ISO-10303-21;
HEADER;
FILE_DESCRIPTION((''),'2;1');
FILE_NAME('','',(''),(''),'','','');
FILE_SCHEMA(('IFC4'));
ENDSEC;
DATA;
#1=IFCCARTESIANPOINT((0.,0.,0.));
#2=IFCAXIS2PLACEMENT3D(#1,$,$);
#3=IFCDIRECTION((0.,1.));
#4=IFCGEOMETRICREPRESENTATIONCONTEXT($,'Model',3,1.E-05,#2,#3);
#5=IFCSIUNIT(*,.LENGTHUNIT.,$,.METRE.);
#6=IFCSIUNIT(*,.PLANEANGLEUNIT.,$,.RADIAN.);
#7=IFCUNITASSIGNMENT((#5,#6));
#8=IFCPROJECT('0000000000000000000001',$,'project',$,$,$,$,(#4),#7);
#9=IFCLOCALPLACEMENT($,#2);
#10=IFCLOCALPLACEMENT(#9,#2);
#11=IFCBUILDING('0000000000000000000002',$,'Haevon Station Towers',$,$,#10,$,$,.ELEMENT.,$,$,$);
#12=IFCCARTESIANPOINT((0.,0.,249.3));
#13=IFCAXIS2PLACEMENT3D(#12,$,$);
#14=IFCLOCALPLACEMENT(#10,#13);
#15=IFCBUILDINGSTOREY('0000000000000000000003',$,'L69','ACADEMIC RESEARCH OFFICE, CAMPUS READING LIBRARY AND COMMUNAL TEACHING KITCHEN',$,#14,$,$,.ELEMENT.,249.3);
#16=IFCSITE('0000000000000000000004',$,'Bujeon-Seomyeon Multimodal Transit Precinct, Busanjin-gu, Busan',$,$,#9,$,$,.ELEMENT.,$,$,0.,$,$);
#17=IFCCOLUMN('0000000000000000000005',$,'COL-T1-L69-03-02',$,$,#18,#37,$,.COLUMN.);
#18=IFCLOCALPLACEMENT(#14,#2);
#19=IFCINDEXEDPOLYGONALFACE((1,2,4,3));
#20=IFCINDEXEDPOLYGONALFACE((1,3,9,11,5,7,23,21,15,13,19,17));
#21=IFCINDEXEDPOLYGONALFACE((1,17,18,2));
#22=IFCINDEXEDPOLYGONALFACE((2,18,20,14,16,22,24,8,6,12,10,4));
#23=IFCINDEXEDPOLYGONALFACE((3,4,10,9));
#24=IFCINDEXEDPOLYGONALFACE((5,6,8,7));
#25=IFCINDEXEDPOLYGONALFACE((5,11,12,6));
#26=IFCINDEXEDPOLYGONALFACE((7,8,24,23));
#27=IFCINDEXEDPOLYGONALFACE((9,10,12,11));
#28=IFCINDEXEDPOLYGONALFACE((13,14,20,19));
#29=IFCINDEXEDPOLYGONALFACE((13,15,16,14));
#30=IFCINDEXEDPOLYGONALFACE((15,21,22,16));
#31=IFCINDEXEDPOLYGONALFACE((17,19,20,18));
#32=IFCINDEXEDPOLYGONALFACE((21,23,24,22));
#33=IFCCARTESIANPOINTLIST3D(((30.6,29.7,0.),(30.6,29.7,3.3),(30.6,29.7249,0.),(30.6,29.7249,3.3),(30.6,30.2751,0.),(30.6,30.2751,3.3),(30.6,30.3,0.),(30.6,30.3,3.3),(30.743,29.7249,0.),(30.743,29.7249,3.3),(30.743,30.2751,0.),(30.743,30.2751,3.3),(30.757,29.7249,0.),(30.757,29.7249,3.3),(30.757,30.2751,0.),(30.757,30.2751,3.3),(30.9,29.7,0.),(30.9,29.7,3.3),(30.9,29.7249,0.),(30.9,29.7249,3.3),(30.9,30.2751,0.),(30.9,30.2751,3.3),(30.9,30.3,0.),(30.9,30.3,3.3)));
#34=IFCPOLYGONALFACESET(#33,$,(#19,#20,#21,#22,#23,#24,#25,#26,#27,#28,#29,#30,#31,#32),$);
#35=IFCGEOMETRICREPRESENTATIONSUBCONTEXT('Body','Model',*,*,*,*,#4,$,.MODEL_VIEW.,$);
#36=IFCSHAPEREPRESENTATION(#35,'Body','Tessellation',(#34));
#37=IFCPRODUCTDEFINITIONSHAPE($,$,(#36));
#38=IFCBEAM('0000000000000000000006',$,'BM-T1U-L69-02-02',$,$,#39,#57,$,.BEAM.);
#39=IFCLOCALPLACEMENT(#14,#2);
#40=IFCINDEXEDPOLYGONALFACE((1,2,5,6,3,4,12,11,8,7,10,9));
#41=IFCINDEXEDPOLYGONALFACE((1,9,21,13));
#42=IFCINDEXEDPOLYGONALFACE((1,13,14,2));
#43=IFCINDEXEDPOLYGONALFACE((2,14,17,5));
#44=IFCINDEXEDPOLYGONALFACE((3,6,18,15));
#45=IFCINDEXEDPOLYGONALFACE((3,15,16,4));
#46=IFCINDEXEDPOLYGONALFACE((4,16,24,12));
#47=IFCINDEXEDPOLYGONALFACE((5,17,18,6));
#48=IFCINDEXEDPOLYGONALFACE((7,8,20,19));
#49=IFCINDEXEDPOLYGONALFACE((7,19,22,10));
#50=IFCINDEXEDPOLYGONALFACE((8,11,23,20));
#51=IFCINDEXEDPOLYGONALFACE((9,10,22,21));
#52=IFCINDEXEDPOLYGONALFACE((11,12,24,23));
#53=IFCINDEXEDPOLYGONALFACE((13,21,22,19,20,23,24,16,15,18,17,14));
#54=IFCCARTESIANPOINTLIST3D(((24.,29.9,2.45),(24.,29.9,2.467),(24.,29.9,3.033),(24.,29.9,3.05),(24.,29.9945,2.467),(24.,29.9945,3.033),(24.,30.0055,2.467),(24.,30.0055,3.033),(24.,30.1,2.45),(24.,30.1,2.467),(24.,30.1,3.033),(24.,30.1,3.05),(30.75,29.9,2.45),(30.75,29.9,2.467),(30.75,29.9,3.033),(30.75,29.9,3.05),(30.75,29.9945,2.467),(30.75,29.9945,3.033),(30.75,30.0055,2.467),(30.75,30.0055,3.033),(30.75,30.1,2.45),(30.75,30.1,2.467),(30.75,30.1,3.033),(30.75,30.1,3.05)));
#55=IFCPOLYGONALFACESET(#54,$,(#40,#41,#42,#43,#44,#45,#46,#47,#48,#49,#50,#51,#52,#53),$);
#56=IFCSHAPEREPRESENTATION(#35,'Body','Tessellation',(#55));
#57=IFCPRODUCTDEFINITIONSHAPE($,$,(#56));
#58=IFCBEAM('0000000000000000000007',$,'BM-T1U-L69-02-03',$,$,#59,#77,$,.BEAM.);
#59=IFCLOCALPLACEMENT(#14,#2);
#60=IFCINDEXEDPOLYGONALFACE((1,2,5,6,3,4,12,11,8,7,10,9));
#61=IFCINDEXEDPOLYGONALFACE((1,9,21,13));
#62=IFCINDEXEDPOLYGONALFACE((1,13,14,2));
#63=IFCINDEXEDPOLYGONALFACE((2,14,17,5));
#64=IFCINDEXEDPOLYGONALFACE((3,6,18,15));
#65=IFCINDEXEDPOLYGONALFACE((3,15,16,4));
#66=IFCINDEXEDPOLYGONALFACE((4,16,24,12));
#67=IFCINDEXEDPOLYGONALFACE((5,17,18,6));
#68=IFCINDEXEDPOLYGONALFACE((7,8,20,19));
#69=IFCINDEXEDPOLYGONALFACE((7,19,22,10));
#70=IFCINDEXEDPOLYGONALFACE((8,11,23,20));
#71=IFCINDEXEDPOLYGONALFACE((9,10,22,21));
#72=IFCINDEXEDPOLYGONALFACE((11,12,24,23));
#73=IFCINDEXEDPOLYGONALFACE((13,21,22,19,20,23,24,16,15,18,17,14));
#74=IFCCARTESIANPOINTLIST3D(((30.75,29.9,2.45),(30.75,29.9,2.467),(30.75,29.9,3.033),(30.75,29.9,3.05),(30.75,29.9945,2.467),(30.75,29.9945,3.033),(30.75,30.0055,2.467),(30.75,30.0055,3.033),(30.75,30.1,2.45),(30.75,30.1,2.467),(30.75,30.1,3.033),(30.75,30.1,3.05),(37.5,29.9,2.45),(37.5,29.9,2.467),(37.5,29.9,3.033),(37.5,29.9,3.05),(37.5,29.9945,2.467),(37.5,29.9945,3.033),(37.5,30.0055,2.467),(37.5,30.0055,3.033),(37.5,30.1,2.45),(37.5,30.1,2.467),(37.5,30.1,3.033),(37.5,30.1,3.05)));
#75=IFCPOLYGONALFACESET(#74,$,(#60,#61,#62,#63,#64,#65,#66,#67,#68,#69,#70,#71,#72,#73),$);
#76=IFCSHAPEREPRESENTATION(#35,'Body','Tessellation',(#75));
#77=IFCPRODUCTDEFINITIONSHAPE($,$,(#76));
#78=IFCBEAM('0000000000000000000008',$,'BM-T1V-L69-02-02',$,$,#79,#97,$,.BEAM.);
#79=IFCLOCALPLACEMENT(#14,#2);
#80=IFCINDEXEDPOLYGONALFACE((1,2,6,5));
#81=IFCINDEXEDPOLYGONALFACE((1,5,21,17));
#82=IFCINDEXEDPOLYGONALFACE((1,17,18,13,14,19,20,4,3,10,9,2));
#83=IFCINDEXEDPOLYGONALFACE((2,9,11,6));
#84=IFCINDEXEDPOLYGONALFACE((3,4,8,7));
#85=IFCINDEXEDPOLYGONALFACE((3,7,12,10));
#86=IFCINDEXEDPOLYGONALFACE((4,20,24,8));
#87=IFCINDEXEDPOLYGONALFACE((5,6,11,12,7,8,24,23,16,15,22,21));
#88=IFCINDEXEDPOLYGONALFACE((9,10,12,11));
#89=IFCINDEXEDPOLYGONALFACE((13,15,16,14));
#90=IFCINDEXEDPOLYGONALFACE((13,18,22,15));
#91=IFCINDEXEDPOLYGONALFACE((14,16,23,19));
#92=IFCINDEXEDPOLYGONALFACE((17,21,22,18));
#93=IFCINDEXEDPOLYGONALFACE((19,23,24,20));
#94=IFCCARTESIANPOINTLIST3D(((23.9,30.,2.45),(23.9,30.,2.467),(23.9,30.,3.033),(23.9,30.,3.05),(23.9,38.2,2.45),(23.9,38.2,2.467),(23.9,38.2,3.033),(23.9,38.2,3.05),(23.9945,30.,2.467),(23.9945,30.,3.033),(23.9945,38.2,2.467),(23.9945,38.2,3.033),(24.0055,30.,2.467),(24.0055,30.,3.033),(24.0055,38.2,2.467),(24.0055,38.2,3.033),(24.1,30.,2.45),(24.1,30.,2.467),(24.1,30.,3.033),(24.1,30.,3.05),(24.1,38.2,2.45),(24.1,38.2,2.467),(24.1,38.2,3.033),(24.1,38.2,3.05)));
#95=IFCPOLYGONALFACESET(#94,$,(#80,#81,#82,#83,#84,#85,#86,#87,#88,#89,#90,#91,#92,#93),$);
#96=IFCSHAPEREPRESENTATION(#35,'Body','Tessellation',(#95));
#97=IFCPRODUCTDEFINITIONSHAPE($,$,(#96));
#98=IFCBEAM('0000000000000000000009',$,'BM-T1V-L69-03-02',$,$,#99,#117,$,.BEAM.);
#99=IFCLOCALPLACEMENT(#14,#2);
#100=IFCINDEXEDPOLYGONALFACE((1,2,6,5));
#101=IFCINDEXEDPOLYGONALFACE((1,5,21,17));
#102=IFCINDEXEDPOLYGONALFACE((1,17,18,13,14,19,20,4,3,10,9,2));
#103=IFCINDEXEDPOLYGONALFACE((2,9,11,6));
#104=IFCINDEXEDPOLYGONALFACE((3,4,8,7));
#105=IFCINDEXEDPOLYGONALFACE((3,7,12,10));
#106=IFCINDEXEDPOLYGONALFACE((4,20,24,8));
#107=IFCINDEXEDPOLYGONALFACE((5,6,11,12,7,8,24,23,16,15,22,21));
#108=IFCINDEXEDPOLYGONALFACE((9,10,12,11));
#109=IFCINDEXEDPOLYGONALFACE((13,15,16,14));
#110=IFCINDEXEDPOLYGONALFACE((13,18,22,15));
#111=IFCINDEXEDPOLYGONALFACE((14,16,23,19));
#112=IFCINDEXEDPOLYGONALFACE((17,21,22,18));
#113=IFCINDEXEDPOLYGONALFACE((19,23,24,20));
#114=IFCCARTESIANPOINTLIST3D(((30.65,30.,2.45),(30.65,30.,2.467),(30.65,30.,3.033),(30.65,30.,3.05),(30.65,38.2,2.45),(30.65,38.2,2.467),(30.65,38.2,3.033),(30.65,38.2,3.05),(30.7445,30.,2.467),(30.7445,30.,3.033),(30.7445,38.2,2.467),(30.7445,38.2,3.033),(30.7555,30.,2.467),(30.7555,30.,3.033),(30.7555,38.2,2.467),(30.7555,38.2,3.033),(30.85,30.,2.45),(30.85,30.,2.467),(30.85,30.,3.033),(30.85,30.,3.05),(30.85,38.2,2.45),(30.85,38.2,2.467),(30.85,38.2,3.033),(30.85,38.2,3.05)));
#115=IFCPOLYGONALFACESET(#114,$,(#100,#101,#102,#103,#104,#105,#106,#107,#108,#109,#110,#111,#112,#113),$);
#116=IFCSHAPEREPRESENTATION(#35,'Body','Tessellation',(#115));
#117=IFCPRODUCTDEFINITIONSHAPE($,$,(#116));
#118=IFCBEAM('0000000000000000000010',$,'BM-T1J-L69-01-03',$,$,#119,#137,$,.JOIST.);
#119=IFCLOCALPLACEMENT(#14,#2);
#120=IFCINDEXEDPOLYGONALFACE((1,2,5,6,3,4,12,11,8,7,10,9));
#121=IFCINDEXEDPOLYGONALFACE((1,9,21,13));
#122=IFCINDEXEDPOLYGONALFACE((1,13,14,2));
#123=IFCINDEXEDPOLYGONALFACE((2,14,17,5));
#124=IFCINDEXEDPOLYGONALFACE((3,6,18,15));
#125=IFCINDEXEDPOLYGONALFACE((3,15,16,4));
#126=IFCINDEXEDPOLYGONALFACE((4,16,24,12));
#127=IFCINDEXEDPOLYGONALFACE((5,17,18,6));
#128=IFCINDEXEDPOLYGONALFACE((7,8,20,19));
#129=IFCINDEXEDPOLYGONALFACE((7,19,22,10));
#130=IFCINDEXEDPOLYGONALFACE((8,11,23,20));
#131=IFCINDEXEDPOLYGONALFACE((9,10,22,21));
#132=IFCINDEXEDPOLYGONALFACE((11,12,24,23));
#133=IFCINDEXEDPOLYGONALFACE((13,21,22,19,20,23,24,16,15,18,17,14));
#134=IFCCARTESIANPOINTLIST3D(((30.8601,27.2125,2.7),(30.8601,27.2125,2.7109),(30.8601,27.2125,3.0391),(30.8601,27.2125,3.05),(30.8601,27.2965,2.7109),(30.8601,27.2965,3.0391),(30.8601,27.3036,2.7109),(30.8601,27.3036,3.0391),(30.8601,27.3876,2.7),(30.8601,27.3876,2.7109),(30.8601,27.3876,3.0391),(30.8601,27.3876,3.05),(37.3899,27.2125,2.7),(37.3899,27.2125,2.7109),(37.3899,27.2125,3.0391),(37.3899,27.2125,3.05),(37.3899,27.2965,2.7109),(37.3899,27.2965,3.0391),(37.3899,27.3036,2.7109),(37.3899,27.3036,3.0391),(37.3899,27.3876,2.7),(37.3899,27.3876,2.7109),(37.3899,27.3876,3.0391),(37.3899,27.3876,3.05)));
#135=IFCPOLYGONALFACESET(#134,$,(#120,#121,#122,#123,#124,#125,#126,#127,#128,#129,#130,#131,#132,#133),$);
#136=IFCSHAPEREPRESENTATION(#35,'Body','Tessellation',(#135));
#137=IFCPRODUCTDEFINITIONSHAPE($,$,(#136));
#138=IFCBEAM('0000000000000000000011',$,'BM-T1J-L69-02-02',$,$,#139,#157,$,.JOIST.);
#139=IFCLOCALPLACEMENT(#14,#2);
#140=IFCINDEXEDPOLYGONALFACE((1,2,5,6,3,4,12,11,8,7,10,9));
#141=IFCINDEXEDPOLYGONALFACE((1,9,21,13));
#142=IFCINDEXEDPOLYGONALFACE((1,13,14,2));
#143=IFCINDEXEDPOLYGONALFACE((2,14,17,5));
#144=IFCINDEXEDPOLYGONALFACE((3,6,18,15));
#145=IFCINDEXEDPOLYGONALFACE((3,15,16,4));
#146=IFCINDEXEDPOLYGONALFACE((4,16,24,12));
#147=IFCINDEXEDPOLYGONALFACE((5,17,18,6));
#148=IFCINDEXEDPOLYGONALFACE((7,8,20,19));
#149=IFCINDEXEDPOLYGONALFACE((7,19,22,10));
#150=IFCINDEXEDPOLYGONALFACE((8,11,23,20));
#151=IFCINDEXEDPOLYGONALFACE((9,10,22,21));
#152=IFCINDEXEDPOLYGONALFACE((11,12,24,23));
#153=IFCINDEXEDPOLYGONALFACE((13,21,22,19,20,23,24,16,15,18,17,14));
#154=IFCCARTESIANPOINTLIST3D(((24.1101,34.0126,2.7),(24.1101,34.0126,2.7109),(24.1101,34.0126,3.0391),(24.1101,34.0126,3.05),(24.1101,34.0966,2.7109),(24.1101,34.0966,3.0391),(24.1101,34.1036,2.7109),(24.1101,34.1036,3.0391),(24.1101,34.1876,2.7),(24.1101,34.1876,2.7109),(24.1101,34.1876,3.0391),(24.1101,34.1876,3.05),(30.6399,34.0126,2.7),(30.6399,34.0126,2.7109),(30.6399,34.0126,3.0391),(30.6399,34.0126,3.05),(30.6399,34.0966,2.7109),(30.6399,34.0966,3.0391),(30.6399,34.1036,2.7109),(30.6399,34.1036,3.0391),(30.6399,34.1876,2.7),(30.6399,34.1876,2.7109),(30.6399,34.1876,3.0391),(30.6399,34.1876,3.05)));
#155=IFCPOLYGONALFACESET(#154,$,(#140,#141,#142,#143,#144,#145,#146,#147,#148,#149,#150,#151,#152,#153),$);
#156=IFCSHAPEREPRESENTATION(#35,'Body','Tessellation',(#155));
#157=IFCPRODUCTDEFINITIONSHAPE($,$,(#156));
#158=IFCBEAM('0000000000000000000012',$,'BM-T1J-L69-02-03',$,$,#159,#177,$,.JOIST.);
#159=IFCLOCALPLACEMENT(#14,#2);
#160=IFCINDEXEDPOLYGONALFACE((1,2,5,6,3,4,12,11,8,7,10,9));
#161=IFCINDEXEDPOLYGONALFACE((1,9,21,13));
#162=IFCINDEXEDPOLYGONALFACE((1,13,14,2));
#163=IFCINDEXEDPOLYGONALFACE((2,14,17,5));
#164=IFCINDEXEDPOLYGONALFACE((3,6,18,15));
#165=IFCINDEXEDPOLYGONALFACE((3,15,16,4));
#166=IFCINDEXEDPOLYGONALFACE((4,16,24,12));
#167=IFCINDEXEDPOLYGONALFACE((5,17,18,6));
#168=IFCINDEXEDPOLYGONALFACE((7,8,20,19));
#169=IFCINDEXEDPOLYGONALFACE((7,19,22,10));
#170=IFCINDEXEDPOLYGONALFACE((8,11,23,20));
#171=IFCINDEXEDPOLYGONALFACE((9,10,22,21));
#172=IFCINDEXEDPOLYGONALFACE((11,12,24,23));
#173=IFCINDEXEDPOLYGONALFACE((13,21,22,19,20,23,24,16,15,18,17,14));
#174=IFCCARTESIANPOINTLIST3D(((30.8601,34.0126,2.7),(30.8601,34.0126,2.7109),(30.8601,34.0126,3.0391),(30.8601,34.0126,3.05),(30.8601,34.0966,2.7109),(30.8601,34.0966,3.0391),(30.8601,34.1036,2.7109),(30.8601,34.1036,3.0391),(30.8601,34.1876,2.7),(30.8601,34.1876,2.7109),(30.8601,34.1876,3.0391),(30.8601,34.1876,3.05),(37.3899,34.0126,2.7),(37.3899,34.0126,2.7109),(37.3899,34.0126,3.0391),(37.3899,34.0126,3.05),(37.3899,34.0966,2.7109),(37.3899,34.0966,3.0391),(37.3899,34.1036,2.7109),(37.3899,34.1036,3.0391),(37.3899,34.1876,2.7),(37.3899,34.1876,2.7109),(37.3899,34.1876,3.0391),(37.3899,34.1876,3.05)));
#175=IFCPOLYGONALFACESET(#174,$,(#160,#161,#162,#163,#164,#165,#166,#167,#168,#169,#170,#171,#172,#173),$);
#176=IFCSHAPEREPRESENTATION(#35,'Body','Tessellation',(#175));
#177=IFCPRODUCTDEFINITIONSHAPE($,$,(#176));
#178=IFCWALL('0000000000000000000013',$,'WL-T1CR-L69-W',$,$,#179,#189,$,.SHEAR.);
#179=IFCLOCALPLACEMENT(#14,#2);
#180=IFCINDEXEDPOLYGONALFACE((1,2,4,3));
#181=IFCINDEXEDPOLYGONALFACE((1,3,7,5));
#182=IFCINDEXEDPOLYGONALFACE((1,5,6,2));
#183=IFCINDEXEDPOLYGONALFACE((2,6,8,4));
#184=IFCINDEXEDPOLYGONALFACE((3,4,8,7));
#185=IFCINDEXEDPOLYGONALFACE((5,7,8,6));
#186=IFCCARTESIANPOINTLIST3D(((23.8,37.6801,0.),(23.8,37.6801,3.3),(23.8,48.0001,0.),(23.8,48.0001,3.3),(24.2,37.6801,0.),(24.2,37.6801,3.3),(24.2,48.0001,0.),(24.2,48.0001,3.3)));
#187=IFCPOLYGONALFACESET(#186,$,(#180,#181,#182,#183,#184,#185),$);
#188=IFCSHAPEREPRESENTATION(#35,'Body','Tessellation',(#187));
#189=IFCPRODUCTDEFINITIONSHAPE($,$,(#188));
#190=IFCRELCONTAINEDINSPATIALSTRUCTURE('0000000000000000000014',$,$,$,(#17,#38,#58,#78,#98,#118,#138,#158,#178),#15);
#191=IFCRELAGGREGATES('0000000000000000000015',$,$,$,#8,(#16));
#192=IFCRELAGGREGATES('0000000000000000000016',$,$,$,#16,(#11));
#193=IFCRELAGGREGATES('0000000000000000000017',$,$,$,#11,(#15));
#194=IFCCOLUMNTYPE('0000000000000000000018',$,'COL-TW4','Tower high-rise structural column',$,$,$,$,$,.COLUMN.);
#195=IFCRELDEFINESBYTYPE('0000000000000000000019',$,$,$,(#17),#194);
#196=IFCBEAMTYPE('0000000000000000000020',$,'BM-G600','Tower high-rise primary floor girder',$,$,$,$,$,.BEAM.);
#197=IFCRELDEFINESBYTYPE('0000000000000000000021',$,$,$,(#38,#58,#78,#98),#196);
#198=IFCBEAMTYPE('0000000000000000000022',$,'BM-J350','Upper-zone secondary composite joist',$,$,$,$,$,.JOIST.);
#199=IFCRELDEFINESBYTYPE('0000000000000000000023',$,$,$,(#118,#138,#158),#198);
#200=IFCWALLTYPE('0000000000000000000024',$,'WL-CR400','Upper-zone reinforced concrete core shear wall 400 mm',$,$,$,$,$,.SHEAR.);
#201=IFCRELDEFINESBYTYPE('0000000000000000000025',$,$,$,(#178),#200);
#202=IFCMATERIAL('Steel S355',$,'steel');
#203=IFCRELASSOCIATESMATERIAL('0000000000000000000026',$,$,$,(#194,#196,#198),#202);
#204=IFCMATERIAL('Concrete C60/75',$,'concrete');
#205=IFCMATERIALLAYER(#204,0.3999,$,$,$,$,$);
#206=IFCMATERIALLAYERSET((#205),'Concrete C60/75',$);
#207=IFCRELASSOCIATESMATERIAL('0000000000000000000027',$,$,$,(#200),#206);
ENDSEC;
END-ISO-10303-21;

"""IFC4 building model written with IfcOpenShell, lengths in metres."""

from ifc_helpers import new_model, si_unit, direction, frame, frame_2d, origin, origin_2d, place, context, subcontext, project, spatial, rectangle, i_section, extrude, material, layer, layer_set, material_profile, profile_set, type_object, element, save


model = new_model("IFC4")

# Units and contexts
model_context = context("Model", 3, precision=1e-05, world=origin(), true_north=direction((0.0, 1.0)))
body_context = subcontext(model_context, "Body", "Model", "MODEL_VIEW")
ifc_project = project(units=[si_unit("LENGTHUNIT", "METRE"), si_unit("PLANEANGLEUNIT", "RADIAN")], contexts=[model_context])

# Site, building, storey
site_placement = place(None, origin())
site = spatial("IfcSite", under=ifc_project, at=site_placement, Name="Bujeon-Seomyeon Multimodal Transit Precinct, Busanjin-gu, Busan", CompositionType="ELEMENT", RefElevation=0.0)
building_placement = place(site_placement, origin())
building = spatial("IfcBuilding", under=site, at=building_placement, Name="Haevon Station Towers", CompositionType="ELEMENT")
storey_placement = place(building_placement, frame((0.0, 0.0, 249.3)))
storey = spatial("IfcBuildingStorey", under=building, at=storey_placement, Name="L69", Description="ACADEMIC RESEARCH OFFICE, CAMPUS READING LIBRARY AND COMMUNAL TEACHING KITCHEN", CompositionType="ELEMENT", Elevation=249.3)

# Column
ifc_material_1 = material(Name="Steel S355", Category="steel")
ifc_material_profile_1 = material_profile(ifc_material_1, i_section(OverallWidth=0.3, OverallDepth=0.6001, WebThickness=0.0139, FlangeThickness=0.0249, at=origin_2d()), Name="H-600x300x14x25")
ifc_profile_set_1 = profile_set([ifc_material_profile_1], Name="Steel S355")
column_type = type_object("IfcColumnType", Name="COL-TW4", Description="Tower high-rise structural column", PredefinedType="COLUMN", material=ifc_profile_set_1)
column_placement = place(storey_placement, frame((30.75, 30.0, 0.0), z_axis=(0.0, 0.0, 1.0), x_axis=(1.0, 0.0, 0.0)))
element("IfcColumn", 1, at=column_placement, inside=storey, type_object=column_type, Name="COL-T1-L69-03-02", PredefinedType="COLUMN", context=body_context, shape_type="SweptSolid", body=[
    extrude(i_section(OverallWidth=0.3, OverallDepth=0.6001, WebThickness=0.0139, FlangeThickness=0.0249, at=origin_2d()), origin(), (0.0, 0.0, 1.0), 3.3),
])

# Beams
ifc_material_profile_2 = material_profile(ifc_material_1, i_section(OverallWidth=0.2, OverallDepth=0.6001, WebThickness=0.011, FlangeThickness=0.0171, at=origin_2d()), Name="H-600x200x11x17")
ifc_profile_set_2 = profile_set([ifc_material_profile_2], Name="Steel S355")
beam_type_1 = type_object("IfcBeamType", Name="BM-G600", Description="Tower high-rise primary floor girder", PredefinedType="BEAM", material=ifc_profile_set_2)
for number, where, z_axis, x_axis, name in (
    (2, (24.0, 30.0, 2.75), (1.0, 0.0, 0.0), (0.0, 1.0, 0.0), "BM-T1U-L69-02-02"),
    (3, (30.75, 30.0, 2.75), (1.0, 0.0, 0.0), (0.0, 1.0, 0.0), "BM-T1U-L69-02-03"),
):
    element("IfcBeam", number, at=place(storey_placement, frame(where, z_axis=z_axis, x_axis=x_axis)), inside=storey, type_object=beam_type_1, Name=name, PredefinedType="BEAM", context=body_context, shape_type="SweptSolid", body=[
        extrude(i_section(OverallWidth=0.2, OverallDepth=0.6001, WebThickness=0.011, FlangeThickness=0.0171, at=origin_2d()), origin(), (0.0, 0.0, 1.0), 6.75),
    ])
for number, where, z_axis, x_axis, name in (
    (4, (24.0, 30.0, 2.75), (0.0, 1.0, 0.0), (-1.0, 0.0, 0.0), "BM-T1V-L69-02-02"),
    (5, (30.75, 30.0, 2.75), (0.0, 1.0, 0.0), (-1.0, 0.0, 0.0), "BM-T1V-L69-03-02"),
):
    element("IfcBeam", number, at=place(storey_placement, frame(where, z_axis=z_axis, x_axis=x_axis)), inside=storey, type_object=beam_type_1, Name=name, PredefinedType="BEAM", context=body_context, shape_type="SweptSolid", body=[
        extrude(i_section(OverallWidth=0.2, OverallDepth=0.6001, WebThickness=0.011, FlangeThickness=0.0171, at=origin_2d()), origin(), (0.0, 0.0, 1.0), 8.2),
    ])
ifc_material_profile_3 = material_profile(ifc_material_1, i_section(OverallWidth=0.175, OverallDepth=0.3501, WebThickness=0.0071, FlangeThickness=0.011, at=origin_2d()), Name="H-350x175x7x11")
ifc_profile_set_3 = profile_set([ifc_material_profile_3], Name="Steel S355")
beam_type_2 = type_object("IfcBeamType", Name="BM-J350", Description="Upper-zone secondary composite joist", PredefinedType="JOIST", material=ifc_profile_set_3)
for number, where, z_axis, x_axis, name in (
    (6, (30.8601, 27.3, 2.875), (1.0, 0.0, 0.0), (0.0, 1.0, 0.0), "BM-T1J-L69-01-03"),
    (7, (24.1101, 34.1001, 2.875), (1.0, 0.0, 0.0), (0.0, 1.0, 0.0), "BM-T1J-L69-02-02"),
    (8, (30.8601, 34.1001, 2.875), (1.0, 0.0, 0.0), (0.0, 1.0, 0.0), "BM-T1J-L69-02-03"),
):
    element("IfcBeam", number, at=place(storey_placement, frame(where, z_axis=z_axis, x_axis=x_axis)), inside=storey, type_object=beam_type_2, Name=name, PredefinedType="JOIST", context=body_context, shape_type="SweptSolid", body=[
        extrude(i_section(OverallWidth=0.175, OverallDepth=0.3501, WebThickness=0.0071, FlangeThickness=0.011, at=origin_2d()), origin(), (0.0, 0.0, 1.0), 6.5298),
    ])

# Wall
ifc_material_2 = material(Name="Concrete C60/75", Category="concrete")
ifc_layer_1 = layer(ifc_material_2, 0.3999)
ifc_layer_set_1 = layer_set([ifc_layer_1], Name="Concrete C60/75")
wall_type_1 = type_object("IfcWallType", Name="WL-CR400", Description="Upper-zone reinforced concrete core shear wall 400 mm", PredefinedType="SHEAR", material=ifc_layer_set_1)
wall_1_placement = place(storey_placement, frame((24.0, 37.6799, 0.0), z_axis=(0.0, 0.0, 1.0), x_axis=(0.0, 1.0, 0.0)))
element("IfcWall", 9, at=wall_1_placement, inside=storey, type_object=wall_type_1, Name="WL-T1CR-L69-W", PredefinedType="SHEAR", context=body_context, shape_type="SweptSolid", body=[
    extrude(rectangle(XDim=10.3201, YDim=0.3999, at=frame_2d((5.1602, 0.0))), origin(), (0.0, 0.0, 1.0), 3.3),
])

save(model, "model.ifc")
